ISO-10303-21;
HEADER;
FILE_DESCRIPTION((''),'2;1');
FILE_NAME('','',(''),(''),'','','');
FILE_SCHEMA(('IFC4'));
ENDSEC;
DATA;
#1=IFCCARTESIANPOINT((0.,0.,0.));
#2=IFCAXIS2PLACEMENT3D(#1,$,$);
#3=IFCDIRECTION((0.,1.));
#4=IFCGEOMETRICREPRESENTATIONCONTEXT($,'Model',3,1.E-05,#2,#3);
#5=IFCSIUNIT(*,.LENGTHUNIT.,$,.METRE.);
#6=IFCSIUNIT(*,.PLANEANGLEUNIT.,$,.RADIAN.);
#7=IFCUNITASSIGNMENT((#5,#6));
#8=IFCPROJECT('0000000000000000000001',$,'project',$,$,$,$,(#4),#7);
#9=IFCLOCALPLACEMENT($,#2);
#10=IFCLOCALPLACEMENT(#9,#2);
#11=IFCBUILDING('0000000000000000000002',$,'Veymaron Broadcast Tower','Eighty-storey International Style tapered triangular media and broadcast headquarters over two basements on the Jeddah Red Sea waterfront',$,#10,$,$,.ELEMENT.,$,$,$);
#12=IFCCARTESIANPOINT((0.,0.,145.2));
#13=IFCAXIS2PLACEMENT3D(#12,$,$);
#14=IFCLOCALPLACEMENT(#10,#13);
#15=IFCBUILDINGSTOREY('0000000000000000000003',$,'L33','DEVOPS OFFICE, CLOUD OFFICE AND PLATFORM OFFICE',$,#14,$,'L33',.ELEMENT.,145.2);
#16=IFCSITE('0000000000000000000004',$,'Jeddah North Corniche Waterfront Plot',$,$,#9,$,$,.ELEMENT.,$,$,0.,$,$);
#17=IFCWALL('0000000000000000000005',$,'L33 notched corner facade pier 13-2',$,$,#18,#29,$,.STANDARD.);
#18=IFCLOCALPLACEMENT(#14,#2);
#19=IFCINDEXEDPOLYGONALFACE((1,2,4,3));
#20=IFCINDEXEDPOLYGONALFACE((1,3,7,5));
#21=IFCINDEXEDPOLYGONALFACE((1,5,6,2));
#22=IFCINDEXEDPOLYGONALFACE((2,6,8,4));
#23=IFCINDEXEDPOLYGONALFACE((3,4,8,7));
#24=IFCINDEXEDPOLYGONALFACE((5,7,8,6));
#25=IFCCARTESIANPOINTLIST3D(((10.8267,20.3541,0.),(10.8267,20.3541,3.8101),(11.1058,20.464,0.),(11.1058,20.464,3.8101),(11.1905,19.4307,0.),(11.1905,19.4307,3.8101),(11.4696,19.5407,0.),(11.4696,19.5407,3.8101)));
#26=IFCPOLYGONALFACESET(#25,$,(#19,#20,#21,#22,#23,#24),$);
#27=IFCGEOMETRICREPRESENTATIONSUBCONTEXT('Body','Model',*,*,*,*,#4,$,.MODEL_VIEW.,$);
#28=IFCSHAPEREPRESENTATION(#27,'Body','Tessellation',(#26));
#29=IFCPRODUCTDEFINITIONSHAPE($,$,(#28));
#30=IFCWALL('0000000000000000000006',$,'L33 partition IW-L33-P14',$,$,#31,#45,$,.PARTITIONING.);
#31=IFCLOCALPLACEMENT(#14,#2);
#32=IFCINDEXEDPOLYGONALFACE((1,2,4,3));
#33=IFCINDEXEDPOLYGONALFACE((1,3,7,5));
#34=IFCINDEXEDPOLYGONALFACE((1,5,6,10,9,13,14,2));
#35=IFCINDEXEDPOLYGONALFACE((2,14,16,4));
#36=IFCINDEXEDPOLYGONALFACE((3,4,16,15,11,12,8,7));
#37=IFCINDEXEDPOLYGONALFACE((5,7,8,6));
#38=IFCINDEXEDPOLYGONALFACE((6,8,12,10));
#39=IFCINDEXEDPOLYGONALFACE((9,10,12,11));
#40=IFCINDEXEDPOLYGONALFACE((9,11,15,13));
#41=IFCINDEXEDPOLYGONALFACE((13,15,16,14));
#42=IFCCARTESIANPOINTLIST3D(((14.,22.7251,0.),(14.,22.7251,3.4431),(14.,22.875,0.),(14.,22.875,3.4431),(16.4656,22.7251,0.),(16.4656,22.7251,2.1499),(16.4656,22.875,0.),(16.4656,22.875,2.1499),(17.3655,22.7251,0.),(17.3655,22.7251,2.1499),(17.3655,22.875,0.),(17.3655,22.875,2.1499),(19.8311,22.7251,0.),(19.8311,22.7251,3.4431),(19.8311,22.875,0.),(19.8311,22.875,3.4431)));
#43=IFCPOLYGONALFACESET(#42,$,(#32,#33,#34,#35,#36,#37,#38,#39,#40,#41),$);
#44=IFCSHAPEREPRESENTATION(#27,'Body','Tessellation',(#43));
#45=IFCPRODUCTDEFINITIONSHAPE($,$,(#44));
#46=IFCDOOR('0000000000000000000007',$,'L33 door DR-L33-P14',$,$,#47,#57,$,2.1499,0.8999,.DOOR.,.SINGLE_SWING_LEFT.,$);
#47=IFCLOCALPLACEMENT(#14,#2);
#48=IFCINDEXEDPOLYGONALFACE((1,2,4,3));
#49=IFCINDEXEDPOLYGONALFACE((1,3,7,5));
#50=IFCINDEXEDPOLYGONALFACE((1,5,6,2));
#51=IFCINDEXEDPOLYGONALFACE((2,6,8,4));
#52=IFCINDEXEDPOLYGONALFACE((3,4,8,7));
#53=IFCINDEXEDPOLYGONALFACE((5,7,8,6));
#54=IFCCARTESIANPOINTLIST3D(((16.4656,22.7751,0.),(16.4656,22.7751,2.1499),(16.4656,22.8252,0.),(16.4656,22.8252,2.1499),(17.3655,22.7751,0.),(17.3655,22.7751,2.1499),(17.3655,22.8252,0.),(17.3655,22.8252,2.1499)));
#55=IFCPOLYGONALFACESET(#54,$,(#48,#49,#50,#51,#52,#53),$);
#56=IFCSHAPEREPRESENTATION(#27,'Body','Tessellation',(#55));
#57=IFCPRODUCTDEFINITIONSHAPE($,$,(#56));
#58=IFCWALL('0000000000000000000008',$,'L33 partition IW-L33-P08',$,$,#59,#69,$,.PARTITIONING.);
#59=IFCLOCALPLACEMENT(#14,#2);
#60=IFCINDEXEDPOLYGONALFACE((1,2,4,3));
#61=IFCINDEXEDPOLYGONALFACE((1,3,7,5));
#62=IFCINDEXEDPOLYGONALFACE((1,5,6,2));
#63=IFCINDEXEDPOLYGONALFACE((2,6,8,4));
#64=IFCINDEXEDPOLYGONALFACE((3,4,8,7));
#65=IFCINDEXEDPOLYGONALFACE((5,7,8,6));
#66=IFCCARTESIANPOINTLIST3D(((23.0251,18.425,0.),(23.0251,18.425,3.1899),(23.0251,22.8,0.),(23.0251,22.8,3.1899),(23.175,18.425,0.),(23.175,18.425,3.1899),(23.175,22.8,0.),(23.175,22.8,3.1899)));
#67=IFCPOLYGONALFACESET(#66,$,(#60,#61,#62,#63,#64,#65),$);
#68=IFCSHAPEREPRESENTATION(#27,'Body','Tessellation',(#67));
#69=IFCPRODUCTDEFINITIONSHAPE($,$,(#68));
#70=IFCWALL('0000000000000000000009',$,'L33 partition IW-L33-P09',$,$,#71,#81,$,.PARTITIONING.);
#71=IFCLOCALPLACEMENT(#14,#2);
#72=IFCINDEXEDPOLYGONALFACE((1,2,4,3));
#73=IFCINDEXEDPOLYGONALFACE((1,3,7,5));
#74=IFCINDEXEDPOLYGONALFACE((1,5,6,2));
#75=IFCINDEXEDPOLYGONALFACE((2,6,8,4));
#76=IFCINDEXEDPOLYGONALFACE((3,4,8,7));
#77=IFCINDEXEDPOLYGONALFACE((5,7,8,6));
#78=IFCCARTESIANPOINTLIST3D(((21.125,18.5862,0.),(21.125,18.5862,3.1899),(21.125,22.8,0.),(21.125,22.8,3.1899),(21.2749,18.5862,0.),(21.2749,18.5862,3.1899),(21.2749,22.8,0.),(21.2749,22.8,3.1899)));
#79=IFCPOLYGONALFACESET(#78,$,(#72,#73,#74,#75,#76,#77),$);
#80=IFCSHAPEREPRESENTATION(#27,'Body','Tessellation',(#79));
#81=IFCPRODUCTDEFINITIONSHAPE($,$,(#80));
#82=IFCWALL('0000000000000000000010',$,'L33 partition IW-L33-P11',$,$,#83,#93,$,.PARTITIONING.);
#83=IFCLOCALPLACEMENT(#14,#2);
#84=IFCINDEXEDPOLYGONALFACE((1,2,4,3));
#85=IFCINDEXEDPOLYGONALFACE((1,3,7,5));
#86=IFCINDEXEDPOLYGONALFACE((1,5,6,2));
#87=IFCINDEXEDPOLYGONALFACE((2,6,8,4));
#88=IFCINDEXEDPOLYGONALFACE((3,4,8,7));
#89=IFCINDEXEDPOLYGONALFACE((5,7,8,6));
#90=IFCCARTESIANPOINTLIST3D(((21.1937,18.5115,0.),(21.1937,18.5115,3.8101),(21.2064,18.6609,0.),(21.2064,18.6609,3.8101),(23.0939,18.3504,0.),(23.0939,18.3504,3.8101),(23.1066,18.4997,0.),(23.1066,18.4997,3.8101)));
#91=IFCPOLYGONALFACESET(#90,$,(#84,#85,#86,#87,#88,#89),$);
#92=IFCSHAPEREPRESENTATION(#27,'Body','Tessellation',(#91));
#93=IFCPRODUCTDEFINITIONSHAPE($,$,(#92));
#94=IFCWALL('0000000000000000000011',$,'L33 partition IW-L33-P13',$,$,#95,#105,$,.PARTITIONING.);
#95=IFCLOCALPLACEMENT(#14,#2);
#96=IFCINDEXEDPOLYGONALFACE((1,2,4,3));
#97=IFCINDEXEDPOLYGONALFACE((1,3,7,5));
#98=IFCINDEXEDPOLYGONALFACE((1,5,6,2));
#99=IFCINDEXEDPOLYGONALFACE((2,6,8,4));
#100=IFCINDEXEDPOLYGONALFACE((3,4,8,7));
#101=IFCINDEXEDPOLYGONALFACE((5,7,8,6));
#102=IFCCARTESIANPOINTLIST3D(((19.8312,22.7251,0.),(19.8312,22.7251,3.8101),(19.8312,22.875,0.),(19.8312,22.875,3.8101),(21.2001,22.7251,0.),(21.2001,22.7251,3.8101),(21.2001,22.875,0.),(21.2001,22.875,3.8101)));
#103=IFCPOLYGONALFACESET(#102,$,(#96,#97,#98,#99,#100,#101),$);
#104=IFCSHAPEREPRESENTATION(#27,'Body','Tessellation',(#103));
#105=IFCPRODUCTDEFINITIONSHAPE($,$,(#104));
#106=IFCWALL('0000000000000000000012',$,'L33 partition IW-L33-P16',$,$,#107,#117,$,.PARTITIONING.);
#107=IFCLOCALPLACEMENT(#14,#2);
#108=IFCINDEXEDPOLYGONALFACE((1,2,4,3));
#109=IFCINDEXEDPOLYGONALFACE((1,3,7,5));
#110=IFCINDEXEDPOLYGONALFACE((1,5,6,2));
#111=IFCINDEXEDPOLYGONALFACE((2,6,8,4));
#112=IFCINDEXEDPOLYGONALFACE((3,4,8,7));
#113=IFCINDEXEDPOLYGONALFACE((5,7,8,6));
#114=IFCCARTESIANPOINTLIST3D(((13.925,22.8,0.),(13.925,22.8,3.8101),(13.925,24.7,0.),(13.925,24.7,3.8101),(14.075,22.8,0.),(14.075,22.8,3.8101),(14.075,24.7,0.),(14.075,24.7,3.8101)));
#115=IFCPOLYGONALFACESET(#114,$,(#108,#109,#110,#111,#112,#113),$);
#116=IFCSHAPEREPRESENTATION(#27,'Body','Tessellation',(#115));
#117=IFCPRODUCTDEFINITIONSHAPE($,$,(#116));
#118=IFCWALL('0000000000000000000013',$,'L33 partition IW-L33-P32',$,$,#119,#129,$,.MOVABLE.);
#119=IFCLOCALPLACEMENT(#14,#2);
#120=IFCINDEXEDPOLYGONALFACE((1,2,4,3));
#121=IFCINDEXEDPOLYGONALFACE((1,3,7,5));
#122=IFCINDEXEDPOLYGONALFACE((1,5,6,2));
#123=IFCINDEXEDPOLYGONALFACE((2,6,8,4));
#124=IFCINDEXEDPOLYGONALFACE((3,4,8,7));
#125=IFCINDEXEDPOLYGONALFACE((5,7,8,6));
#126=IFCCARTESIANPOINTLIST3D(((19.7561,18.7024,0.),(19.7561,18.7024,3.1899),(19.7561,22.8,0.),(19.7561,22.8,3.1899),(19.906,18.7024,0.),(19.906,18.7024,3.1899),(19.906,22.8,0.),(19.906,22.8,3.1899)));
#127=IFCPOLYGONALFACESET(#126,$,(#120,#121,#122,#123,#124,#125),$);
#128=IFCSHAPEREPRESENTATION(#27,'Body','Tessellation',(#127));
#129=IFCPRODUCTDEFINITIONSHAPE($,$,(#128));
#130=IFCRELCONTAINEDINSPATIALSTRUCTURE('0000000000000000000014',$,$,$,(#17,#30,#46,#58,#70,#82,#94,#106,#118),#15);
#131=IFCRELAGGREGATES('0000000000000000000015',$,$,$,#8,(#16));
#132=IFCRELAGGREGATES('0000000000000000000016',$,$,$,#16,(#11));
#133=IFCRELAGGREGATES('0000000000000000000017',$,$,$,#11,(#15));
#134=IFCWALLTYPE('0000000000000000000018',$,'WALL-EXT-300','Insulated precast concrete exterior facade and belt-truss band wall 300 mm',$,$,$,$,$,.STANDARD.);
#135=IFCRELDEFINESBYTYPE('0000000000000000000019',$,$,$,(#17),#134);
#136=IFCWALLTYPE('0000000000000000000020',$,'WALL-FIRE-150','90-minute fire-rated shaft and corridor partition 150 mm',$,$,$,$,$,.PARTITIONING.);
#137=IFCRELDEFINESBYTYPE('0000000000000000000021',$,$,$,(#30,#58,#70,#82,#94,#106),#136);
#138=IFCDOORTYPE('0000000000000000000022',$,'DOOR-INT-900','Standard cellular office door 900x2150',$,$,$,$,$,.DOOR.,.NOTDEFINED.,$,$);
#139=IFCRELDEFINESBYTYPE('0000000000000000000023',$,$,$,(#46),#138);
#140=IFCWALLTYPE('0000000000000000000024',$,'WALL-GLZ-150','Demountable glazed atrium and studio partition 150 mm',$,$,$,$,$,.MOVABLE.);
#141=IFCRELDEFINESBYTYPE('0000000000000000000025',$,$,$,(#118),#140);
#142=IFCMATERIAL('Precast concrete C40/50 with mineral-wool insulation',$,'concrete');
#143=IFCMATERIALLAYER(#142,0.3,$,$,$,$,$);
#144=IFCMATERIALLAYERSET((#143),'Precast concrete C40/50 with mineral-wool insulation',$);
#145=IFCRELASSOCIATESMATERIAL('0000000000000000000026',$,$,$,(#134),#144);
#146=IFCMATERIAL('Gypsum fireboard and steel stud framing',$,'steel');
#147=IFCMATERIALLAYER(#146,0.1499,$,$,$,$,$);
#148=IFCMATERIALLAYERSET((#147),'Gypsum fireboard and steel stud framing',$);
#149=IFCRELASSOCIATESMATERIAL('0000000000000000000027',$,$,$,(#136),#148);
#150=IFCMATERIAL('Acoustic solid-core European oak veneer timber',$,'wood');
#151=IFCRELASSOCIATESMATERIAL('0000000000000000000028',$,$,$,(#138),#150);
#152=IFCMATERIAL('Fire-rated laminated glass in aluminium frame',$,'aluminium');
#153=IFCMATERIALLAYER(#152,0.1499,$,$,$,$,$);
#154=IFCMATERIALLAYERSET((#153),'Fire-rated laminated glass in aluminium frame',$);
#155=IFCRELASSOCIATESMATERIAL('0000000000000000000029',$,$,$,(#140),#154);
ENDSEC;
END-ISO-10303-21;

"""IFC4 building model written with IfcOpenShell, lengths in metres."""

from ifc_helpers import new_model, si_unit, direction, frame, frame_2d, origin, place, context, subcontext, project, spatial, rectangle, extrude, material, layer, layer_set, type_object, element, fill, save


model = new_model("IFC4")

# Units and contexts
model_context = context("Model", 3, precision=1e-05, world=origin(), true_north=direction((0.0, 1.0)))
body_context = subcontext(model_context, "Body", "Model", "MODEL_VIEW")
ifc_project = project(units=[si_unit("LENGTHUNIT", "METRE"), si_unit("PLANEANGLEUNIT", "RADIAN")], contexts=[model_context])

# Site, building, storey
site_placement = place(None, origin())
site = spatial("IfcSite", under=ifc_project, at=site_placement, Name="Jeddah North Corniche Waterfront Plot", CompositionType="ELEMENT", RefElevation=0.0)
building_placement = place(site_placement, origin())
building = spatial("IfcBuilding", under=site, at=building_placement, Name="Veymaron Broadcast Tower", Description="Eighty-storey International Style tapered triangular media and broadcast headquarters over two basements on the Jeddah Red Sea waterfront", CompositionType="ELEMENT")
storey_placement = place(building_placement, frame((0.0, 0.0, 145.2)))
storey = spatial("IfcBuildingStorey", under=building, at=storey_placement, Name="L33", Description="DEVOPS OFFICE, CLOUD OFFICE AND PLATFORM OFFICE", LongName="L33", CompositionType="ELEMENT", Elevation=145.2)

# Wall
ifc_material_1 = material(Name="Precast concrete C40/50 with mineral-wool insulation", Category="concrete")
ifc_layer_1 = layer(ifc_material_1, 0.3)
ifc_layer_set_1 = layer_set([ifc_layer_1], Name="Precast concrete C40/50 with mineral-wool insulation")
wall_type_1 = type_object("IfcWallType", Name="WALL-EXT-300", Description="Insulated precast concrete exterior facade and belt-truss band wall 300 mm", PredefinedType="STANDARD", material=ifc_layer_set_1)
wall_1_placement = place(storey_placement, frame((10.9663, 20.4089, 0.0), z_axis=(0.0, 0.0, 1.0), x_axis=(0.36655, -0.930398, 0.0)))
element("IfcWall", 1, at=wall_1_placement, inside=storey, type_object=wall_type_1, Name="L33 notched corner facade pier 13-2", PredefinedType="STANDARD", context=body_context, shape_type="SweptSolid", body=[
    extrude(rectangle(XDim=0.9924, YDim=0.3, at=frame_2d((0.4961, 0.0))), origin(), (0.0, 0.0, 1.0), 3.8101),
])

# Wall, opening, door
ifc_material_2 = material(Name="Gypsum fireboard and steel stud framing", Category="steel")
ifc_layer_2 = layer(ifc_material_2, 0.1499)
ifc_layer_set_2 = layer_set([ifc_layer_2], Name="Gypsum fireboard and steel stud framing")
wall_type_2 = type_object("IfcWallType", Name="WALL-FIRE-150", Description="90-minute fire-rated shaft and corridor partition 150 mm", PredefinedType="PARTITIONING", material=ifc_layer_set_2)
wall_2_placement = place(storey_placement, frame((14.0, 22.8, 0.0), z_axis=(0.0, 0.0, 1.0), x_axis=(1.0, 0.0, 0.0)))
wall_2 = element("IfcWall", 2, at=wall_2_placement, inside=storey, type_object=wall_type_2, Name="L33 partition IW-L33-P14", PredefinedType="PARTITIONING", context=body_context, shape_type="SweptSolid", body=[
    extrude(rectangle(XDim=5.8311, YDim=0.1499, at=frame_2d((2.9155, 0.0))), origin(), (0.0, 0.0, 1.0), 3.4431),
])
opening_placement = place(wall_2_placement, frame((2.4656, 0.0, 0.0)))
opening = element("IfcOpeningElement", 3, at=opening_placement, cuts=wall_2, PredefinedType="OPENING", context=body_context, shape_type="SweptSolid", body=[
    extrude(rectangle(XDim=0.8999, YDim=2.1499, at=frame_2d((0.45, 1.075))), frame((0.0, 0.085, 0.0), z_axis=(0.0, -1.0, 0.0), x_axis=(1.0, 0.0, 0.0)), (0.0, 0.0, 1.0), 0.1699),
])
ifc_material_3 = material(Name="Acoustic solid-core European oak veneer timber", Category="wood")
door_type = type_object("IfcDoorType", Name="DOOR-INT-900", Description="Standard cellular office door 900x2150", OperationType="NOTDEFINED", PredefinedType="DOOR", material=ifc_material_3)
door_placement = place(opening_placement, frame((0.8999, 0.0, 0.0), z_axis=(0.0, 0.0, 1.0), x_axis=(-1.0, 0.0, 0.0)))
door = element("IfcDoor", 4, at=door_placement, inside=storey, type_object=door_type, Name="L33 door DR-L33-P14", OperationType="SINGLE_SWING_LEFT", OverallHeight=2.1499, OverallWidth=0.8999, PredefinedType="DOOR", context=body_context, shape_type="SweptSolid", body=[
    extrude(rectangle(XDim=0.8999, YDim=2.1499, at=frame_2d((0.45, 1.075))), frame((0.0, 0.0249, 0.0), z_axis=(0.0, -1.0, 0.0), x_axis=(1.0, 0.0, 0.0)), (0.0, 0.0, 1.0), 0.05),
])
fill(opening, door)

# Walls
wall_3_placement = place(storey_placement, frame((23.1001, 18.425, 0.0), z_axis=(0.0, 0.0, 1.0), x_axis=(0.0, 1.0, 0.0)))
element("IfcWall", 5, at=wall_3_placement, inside=storey, type_object=wall_type_2, Name="L33 partition IW-L33-P08", PredefinedType="PARTITIONING", context=body_context, shape_type="SweptSolid", body=[
    extrude(rectangle(XDim=4.375, YDim=0.1499, at=frame_2d((2.1875, 0.0))), origin(), (0.0, 0.0, 1.0), 3.1899),
])
wall_4_placement = place(storey_placement, frame((21.2, 18.5862, 0.0), z_axis=(0.0, 0.0, 1.0), x_axis=(0.0, 1.0, 0.0)))
element("IfcWall", 6, at=wall_4_placement, inside=storey, type_object=wall_type_2, Name="L33 partition IW-L33-P09", PredefinedType="PARTITIONING", context=body_context, shape_type="SweptSolid", body=[
    extrude(rectangle(XDim=4.2139, YDim=0.1499, at=frame_2d((2.1069, 0.0))), origin(), (0.0, 0.0, 1.0), 3.1899),
])
wall_5_placement = place(storey_placement, frame((21.2, 18.5862, 0.0), z_axis=(0.0, 0.0, 1.0), x_axis=(0.996424, -0.084497, 0.0)))
element("IfcWall", 7, at=wall_5_placement, inside=storey, type_object=wall_type_2, Name="L33 partition IW-L33-P11", PredefinedType="PARTITIONING", context=body_context, shape_type="SweptSolid", body=[
    extrude(rectangle(XDim=1.907, YDim=0.1499, at=frame_2d((0.9536, 0.0))), origin(), (0.0, 0.0, 1.0), 3.8101),
])
wall_6_placement = place(storey_placement, frame((19.8311, 22.8, 0.0), z_axis=(0.0, 0.0, 1.0), x_axis=(1.0, 0.0, 0.0)))
element("IfcWall", 8, at=wall_6_placement, inside=storey, type_object=wall_type_2, Name="L33 partition IW-L33-P13", PredefinedType="PARTITIONING", context=body_context, shape_type="SweptSolid", body=[
    extrude(rectangle(XDim=1.3689, YDim=0.1499, at=frame_2d((0.6846, 0.0))), origin(), (0.0, 0.0, 1.0), 3.8101),
])
wall_7_placement = place(storey_placement, frame((14.0, 22.8, 0.0), z_axis=(0.0, 0.0, 1.0), x_axis=(0.0, 1.0, 0.0)))
element("IfcWall", 9, at=wall_7_placement, inside=storey, type_object=wall_type_2, Name="L33 partition IW-L33-P16", PredefinedType="PARTITIONING", context=body_context, shape_type="SweptSolid", body=[
    extrude(rectangle(XDim=1.8999, YDim=0.1499, at=frame_2d((0.95, 0.0))), origin(), (0.0, 0.0, 1.0), 3.8101),
])
ifc_material_4 = material(Name="Fire-rated laminated glass in aluminium frame", Category="aluminium")
ifc_layer_3 = layer(ifc_material_4, 0.1499)
ifc_layer_set_3 = layer_set([ifc_layer_3], Name="Fire-rated laminated glass in aluminium frame")
wall_type_3 = type_object("IfcWallType", Name="WALL-GLZ-150", Description="Demountable glazed atrium and studio partition 150 mm", PredefinedType="MOVABLE", material=ifc_layer_set_3)
wall_8_placement = place(storey_placement, frame((19.8311, 18.7024, 0.0), z_axis=(0.0, 0.0, 1.0), x_axis=(0.0, 1.0, 0.0)))
element("IfcWall", 10, at=wall_8_placement, inside=storey, type_object=wall_type_3, Name="L33 partition IW-L33-P32", PredefinedType="MOVABLE", context=body_context, shape_type="SweptSolid", body=[
    extrude(rectangle(XDim=4.0977, YDim=0.1499, at=frame_2d((2.0488, 0.0))), origin(), (0.0, 0.0, 1.0), 3.1899),
])

save(model, "model.ifc")
